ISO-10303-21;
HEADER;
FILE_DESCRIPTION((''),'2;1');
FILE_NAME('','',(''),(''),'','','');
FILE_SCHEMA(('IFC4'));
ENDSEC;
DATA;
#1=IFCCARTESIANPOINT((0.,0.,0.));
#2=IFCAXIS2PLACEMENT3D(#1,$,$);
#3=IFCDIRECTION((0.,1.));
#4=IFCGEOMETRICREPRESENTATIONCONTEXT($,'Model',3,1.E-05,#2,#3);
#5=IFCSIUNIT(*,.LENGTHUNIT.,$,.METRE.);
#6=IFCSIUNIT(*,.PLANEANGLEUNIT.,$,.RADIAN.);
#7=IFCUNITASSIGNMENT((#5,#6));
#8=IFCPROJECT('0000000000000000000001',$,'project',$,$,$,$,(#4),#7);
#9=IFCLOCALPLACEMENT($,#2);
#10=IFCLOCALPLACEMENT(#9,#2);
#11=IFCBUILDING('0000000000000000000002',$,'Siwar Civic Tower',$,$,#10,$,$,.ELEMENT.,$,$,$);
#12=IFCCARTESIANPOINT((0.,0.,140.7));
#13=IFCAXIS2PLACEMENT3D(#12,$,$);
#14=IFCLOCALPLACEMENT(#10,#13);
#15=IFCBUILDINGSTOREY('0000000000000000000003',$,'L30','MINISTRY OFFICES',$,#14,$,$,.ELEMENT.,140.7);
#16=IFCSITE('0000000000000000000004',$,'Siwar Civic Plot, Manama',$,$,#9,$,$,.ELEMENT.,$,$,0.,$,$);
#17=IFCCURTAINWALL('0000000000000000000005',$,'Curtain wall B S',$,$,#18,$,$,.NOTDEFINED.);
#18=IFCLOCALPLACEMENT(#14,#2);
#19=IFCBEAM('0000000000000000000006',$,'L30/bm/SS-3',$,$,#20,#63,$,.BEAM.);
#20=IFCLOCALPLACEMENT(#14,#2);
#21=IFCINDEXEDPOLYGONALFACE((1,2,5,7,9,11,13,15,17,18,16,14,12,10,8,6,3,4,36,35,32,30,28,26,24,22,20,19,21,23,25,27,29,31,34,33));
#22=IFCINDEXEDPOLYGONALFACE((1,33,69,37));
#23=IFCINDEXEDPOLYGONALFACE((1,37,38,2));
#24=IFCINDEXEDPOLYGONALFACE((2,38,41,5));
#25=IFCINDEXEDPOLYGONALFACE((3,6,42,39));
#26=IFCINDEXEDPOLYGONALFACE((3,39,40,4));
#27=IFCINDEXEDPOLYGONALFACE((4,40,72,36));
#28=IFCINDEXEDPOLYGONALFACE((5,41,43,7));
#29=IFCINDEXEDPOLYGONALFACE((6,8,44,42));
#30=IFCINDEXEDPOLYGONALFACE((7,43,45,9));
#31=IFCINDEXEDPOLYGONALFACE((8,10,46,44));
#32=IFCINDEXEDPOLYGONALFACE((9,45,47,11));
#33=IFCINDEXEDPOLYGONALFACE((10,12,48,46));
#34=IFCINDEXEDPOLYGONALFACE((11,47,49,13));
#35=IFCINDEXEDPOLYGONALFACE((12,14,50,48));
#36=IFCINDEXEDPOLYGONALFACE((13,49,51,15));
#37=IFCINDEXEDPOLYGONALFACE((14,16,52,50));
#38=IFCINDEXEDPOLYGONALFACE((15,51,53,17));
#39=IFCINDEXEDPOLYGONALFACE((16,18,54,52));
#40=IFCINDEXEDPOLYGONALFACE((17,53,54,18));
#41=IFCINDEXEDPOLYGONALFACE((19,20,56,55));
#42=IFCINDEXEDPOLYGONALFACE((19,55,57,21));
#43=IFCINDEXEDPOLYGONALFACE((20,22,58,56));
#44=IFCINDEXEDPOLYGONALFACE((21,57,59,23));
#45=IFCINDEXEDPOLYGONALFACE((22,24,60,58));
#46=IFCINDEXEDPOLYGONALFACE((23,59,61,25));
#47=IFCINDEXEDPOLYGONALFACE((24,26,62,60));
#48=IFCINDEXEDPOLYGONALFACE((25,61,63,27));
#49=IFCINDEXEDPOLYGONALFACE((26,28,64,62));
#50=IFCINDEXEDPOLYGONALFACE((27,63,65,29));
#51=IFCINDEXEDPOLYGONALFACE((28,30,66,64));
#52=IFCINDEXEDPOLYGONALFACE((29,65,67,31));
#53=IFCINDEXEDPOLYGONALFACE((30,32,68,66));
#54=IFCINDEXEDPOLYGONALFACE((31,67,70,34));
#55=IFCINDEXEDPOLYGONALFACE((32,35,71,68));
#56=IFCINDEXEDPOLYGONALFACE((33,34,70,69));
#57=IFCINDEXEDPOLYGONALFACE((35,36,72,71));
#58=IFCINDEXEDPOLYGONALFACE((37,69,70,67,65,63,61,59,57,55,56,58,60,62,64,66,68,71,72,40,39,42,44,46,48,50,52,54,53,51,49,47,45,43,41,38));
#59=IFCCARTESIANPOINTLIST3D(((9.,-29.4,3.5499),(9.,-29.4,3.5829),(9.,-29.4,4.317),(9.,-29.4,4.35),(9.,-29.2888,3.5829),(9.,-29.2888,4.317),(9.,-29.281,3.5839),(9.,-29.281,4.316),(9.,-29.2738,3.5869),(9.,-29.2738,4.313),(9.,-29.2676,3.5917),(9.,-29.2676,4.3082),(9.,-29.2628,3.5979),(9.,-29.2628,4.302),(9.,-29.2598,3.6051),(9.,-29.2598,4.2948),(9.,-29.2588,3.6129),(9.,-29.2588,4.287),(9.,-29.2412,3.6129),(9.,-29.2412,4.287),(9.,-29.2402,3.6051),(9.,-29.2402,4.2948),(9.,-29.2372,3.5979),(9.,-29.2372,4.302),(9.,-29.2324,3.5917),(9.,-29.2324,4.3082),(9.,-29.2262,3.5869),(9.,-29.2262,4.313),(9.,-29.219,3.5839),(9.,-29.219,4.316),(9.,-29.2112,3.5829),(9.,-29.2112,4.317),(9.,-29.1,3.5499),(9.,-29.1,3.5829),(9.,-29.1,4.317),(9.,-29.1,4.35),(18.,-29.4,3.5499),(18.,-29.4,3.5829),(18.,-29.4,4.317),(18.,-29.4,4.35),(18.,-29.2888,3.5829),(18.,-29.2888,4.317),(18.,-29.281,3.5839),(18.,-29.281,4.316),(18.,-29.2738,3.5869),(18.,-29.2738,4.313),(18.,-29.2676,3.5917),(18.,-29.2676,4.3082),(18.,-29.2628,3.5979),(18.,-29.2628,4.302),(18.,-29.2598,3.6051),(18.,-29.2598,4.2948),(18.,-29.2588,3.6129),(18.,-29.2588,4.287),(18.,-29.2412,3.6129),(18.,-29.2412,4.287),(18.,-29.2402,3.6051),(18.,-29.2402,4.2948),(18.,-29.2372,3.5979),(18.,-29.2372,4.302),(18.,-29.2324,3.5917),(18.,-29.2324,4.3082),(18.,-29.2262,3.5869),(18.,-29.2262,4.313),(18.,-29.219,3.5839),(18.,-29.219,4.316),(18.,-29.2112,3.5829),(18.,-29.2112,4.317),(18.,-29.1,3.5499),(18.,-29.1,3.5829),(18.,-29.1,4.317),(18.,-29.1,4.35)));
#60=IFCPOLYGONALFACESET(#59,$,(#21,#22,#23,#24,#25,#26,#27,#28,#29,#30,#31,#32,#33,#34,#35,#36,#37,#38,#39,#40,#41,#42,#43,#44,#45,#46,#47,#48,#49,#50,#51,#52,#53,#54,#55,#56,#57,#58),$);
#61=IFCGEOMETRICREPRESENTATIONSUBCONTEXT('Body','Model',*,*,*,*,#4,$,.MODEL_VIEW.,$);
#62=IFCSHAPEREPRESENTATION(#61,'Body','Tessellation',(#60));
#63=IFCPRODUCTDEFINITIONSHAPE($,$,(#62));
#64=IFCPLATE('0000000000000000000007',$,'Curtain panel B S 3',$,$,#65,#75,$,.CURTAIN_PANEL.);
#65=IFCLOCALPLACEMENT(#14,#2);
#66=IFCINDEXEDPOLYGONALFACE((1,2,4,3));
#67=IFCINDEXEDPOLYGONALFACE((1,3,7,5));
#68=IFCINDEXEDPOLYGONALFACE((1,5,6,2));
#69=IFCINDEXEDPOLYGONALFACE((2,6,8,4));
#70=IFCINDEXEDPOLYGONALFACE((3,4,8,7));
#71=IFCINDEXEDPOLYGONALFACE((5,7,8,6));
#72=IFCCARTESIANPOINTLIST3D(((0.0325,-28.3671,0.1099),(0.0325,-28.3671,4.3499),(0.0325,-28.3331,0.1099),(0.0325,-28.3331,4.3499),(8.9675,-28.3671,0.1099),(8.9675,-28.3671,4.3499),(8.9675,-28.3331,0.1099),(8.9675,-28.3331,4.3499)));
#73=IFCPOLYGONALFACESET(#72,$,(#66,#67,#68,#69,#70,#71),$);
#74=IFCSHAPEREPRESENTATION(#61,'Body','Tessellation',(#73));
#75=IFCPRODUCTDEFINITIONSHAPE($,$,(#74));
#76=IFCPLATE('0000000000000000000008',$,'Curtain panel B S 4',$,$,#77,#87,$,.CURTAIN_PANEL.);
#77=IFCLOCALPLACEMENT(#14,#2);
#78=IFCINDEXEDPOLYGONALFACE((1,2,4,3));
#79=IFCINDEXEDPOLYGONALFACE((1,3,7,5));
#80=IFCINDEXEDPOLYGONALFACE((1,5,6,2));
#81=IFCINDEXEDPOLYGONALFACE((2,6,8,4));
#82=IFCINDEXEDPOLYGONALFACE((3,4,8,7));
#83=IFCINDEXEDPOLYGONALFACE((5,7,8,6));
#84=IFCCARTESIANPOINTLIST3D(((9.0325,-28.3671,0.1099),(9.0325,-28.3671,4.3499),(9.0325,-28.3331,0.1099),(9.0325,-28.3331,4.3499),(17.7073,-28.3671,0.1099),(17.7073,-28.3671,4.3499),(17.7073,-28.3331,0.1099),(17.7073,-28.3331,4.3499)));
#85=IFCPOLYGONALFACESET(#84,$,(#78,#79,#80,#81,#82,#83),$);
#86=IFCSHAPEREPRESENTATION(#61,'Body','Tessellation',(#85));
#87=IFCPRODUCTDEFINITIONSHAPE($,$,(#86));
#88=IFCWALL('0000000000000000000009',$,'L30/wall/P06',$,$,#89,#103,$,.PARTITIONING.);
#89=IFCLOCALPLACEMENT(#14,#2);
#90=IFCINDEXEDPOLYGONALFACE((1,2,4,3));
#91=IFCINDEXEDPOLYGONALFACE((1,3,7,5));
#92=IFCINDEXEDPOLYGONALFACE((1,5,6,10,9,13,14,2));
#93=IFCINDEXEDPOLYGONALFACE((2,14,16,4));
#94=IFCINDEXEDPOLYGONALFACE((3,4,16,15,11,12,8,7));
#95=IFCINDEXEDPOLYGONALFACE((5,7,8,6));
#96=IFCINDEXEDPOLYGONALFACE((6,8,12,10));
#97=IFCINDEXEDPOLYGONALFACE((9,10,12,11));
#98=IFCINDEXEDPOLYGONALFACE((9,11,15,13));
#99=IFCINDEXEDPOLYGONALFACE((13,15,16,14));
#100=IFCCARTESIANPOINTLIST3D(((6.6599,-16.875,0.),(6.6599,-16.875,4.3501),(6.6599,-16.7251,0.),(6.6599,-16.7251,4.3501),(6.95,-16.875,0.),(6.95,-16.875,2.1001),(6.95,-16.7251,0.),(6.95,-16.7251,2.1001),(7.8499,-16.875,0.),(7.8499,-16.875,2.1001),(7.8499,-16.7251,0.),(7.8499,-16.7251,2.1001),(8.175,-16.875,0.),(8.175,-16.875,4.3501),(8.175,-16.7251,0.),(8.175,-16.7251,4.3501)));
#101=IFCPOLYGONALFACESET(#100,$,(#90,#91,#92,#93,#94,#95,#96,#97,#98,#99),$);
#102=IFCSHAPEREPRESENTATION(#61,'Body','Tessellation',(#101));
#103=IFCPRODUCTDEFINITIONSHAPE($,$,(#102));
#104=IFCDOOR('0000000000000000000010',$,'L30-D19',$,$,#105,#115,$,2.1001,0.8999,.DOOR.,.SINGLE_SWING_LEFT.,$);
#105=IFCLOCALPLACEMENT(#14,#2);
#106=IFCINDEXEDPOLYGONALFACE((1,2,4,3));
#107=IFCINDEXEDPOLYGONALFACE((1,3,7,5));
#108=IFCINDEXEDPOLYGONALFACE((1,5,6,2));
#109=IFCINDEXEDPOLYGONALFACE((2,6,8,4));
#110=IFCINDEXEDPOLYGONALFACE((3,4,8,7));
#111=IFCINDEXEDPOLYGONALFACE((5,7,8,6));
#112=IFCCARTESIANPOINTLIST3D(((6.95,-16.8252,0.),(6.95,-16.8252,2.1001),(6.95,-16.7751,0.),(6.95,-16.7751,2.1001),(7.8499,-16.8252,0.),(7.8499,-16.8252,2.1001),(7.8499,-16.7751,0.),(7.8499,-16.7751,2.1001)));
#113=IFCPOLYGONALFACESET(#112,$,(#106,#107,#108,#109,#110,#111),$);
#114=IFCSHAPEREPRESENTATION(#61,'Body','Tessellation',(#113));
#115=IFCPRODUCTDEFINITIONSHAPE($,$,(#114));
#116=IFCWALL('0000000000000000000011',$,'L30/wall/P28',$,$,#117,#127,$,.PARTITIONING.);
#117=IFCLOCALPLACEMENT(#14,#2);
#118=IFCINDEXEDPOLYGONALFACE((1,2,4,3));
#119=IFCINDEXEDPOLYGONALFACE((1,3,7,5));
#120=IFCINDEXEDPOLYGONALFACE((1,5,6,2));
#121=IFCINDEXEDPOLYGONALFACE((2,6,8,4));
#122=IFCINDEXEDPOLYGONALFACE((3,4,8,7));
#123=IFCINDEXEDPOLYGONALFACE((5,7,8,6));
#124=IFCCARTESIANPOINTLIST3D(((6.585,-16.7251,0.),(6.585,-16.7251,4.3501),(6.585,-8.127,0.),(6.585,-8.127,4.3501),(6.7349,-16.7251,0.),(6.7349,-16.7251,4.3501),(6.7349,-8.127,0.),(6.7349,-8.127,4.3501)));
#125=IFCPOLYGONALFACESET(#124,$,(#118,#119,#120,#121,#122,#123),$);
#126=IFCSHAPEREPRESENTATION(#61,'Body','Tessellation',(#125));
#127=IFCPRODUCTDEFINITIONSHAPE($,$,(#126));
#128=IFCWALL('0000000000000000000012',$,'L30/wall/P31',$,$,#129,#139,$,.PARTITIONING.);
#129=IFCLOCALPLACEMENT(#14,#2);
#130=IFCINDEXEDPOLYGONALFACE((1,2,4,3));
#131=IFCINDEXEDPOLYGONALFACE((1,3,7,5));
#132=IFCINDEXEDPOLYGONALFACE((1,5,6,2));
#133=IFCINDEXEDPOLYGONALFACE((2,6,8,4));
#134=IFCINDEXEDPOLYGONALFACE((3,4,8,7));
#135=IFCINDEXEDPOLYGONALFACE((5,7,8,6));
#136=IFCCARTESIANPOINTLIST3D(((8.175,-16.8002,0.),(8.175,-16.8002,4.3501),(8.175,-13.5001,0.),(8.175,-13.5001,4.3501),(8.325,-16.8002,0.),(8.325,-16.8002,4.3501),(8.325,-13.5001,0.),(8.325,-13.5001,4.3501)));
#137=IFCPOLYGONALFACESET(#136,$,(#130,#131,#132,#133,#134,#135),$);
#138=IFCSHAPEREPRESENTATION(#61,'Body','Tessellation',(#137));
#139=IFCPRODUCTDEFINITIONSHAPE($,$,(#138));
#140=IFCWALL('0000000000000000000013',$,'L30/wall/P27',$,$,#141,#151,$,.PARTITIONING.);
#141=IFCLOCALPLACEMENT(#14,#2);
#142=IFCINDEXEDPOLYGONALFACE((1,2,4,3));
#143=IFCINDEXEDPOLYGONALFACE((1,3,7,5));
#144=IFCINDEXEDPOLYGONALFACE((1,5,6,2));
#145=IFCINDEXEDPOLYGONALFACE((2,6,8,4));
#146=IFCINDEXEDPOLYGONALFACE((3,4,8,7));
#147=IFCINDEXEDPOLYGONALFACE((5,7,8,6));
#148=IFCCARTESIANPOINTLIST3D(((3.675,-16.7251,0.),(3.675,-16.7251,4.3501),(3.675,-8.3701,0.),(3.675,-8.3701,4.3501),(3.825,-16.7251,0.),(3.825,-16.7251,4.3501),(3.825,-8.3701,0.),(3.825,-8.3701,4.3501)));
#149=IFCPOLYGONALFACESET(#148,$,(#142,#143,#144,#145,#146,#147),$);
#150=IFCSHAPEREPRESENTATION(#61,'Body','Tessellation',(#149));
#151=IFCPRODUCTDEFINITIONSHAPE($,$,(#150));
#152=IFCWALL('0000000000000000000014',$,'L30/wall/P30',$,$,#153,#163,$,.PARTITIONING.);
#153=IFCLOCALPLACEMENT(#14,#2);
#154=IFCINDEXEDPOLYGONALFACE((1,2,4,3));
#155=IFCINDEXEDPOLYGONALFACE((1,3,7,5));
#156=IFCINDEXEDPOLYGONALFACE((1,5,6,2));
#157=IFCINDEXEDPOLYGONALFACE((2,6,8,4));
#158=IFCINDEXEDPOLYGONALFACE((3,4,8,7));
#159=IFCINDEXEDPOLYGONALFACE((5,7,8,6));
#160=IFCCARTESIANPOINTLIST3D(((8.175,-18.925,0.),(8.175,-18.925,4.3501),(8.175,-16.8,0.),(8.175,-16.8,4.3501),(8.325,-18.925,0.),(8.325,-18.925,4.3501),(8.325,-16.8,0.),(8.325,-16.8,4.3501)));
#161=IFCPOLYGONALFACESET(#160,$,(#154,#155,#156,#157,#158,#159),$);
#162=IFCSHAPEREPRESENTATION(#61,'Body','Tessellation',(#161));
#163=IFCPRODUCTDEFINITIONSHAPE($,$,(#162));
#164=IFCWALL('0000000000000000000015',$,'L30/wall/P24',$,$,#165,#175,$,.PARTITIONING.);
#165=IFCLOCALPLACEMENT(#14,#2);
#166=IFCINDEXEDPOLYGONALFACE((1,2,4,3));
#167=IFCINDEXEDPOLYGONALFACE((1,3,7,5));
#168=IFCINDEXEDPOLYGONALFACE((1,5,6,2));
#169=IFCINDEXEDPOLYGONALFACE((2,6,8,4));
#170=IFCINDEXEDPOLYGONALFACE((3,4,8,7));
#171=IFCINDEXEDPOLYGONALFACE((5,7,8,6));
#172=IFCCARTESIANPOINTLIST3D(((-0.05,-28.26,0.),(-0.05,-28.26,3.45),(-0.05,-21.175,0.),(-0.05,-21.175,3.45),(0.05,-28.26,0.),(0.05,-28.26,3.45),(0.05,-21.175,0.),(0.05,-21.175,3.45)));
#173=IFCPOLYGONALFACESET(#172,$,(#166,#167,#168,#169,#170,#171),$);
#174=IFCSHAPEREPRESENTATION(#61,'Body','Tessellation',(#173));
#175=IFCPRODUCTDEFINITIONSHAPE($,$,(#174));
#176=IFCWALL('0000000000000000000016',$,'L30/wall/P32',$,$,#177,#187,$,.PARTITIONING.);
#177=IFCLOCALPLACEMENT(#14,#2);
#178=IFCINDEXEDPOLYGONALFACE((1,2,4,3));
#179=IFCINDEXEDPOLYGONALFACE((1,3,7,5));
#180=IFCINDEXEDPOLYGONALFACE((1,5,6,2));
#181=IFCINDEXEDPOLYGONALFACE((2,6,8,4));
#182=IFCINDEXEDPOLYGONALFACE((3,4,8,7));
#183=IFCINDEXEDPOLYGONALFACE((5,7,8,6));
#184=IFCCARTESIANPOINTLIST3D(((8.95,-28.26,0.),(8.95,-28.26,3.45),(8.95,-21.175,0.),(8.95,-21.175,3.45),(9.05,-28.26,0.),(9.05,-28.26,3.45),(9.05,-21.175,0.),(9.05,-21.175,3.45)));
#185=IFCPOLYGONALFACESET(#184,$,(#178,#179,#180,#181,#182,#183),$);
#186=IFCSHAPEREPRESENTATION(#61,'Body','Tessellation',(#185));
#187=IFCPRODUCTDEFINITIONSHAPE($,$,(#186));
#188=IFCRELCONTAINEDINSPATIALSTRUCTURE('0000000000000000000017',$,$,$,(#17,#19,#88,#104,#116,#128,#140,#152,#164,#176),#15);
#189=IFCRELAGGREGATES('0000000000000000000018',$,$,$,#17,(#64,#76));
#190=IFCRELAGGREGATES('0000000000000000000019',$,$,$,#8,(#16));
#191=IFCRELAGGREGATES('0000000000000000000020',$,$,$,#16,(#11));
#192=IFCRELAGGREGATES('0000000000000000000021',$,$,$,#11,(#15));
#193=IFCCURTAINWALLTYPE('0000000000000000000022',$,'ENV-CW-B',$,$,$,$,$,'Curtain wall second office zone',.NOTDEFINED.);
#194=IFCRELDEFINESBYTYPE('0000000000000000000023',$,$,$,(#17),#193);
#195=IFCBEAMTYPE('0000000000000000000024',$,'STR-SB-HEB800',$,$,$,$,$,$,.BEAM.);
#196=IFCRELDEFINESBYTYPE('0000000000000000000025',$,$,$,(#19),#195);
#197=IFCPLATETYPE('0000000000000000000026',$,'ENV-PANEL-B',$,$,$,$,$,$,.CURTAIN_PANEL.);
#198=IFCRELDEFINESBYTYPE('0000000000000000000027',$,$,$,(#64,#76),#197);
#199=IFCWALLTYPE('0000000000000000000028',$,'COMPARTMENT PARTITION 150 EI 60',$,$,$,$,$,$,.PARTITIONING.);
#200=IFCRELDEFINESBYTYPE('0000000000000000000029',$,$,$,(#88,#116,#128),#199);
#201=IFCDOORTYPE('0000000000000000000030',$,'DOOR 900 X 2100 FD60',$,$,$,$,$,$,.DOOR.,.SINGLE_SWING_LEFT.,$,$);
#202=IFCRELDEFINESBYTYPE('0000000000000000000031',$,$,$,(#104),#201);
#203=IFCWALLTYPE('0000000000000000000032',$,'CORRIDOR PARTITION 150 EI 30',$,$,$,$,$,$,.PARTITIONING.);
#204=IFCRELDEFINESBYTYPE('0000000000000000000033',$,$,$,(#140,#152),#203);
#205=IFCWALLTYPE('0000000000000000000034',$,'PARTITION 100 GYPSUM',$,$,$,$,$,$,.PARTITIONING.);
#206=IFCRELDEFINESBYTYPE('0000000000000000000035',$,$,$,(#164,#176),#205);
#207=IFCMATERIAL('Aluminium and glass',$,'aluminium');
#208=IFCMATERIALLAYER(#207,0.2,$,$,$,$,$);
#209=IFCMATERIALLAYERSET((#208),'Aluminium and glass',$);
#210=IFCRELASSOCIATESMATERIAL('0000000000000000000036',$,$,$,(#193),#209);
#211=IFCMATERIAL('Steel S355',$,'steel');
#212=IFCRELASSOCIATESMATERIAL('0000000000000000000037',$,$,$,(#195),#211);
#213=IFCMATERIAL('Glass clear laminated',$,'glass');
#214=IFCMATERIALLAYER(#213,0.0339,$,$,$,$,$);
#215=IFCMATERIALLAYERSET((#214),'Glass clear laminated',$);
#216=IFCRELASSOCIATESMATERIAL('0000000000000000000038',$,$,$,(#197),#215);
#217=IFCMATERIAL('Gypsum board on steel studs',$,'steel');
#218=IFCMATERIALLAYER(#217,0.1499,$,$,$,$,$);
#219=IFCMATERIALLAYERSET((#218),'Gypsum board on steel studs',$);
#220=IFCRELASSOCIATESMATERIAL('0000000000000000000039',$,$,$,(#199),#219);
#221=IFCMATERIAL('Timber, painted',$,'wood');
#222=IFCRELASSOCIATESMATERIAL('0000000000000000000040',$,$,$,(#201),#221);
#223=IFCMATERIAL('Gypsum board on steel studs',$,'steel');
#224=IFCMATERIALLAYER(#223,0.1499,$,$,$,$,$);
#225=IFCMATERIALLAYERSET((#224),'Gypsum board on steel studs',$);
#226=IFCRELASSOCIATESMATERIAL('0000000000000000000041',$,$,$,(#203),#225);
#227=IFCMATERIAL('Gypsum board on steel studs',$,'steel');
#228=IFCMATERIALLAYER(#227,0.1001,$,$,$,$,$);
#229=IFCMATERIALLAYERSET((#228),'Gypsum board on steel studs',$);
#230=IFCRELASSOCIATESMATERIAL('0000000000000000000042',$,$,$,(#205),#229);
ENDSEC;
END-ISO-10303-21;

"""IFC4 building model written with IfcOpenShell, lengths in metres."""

from ifc_helpers import new_model, si_unit, direction, frame, frame_2d, origin, origin_2d, place, context, subcontext, project, spatial, rectangle, i_section, extrude, material, layer, layer_set, material_profile, profile_set, type_object, element, fill, aggregate, save


model = new_model("IFC4")

# Units and contexts
model_context = context("Model", 3, precision=1e-05, world=origin(), true_north=direction((0.0, 1.0)))
body_context = subcontext(model_context, "Body", "Model", "MODEL_VIEW")
ifc_project = project(units=[si_unit("LENGTHUNIT", "METRE"), si_unit("PLANEANGLEUNIT", "RADIAN")], contexts=[model_context])

# Site, building, storey
site_placement = place(None, origin())
site = spatial("IfcSite", under=ifc_project, at=site_placement, Name="Siwar Civic Plot, Manama", CompositionType="ELEMENT", RefElevation=0.0)
building_placement = place(site_placement, origin())
building = spatial("IfcBuilding", under=site, at=building_placement, Name="Siwar Civic Tower", CompositionType="ELEMENT")
storey_placement = place(building_placement, frame((0.0, 0.0, 140.7)))
storey = spatial("IfcBuildingStorey", under=building, at=storey_placement, Name="L30", Description="MINISTRY OFFICES", CompositionType="ELEMENT", Elevation=140.7)

# Curtain wall
ifc_material_1 = material(Name="Aluminium and glass", Category="aluminium")
ifc_layer_1 = layer(ifc_material_1, 0.2)
ifc_layer_set_1 = layer_set([ifc_layer_1], Name="Aluminium and glass")
curtain_wall_type = type_object("IfcCurtainWallType", Name="ENV-CW-B", ElementType="Curtain wall second office zone", PredefinedType="NOTDEFINED", material=ifc_layer_set_1)
curtain_wall_placement = place(storey_placement, origin())
curtain_wall = element("IfcCurtainWall", 1, at=curtain_wall_placement, inside=storey, type_object=curtain_wall_type, Name="Curtain wall B S", PredefinedType="NOTDEFINED")

# Beam
ifc_material_2 = material(Name="Steel S355", Category="steel")
ifc_material_profile_1 = material_profile(ifc_material_2, i_section(OverallWidth=0.3, OverallDepth=0.8, WebThickness=0.0176, FlangeThickness=0.033, FilletRadius=0.03, at=origin_2d()), Name="HEB800")
ifc_profile_set_1 = profile_set([ifc_material_profile_1], Name="Steel S355")
beam_type_1 = type_object("IfcBeamType", Name="STR-SB-HEB800", PredefinedType="BEAM", material=ifc_profile_set_1)
beam_1_placement = place(storey_placement, frame((9.0, -29.25, 3.95), z_axis=(1.0, 0.0, 0.0), x_axis=(0.0, 1.0, 0.0)))
element("IfcBeam", 2, at=beam_1_placement, inside=storey, type_object=beam_type_1, Name="L30/bm/SS-3", PredefinedType="BEAM", context=body_context, shape_type="SweptSolid", body=[
    extrude(i_section(OverallWidth=0.3, OverallDepth=0.8, WebThickness=0.0176, FlangeThickness=0.033, FilletRadius=0.03, at=origin_2d()), origin(), (0.0, 0.0, 1.0), 9.0),
])

# Plates
ifc_material_3 = material(Name="Glass clear laminated", Category="glass")
ifc_layer_2 = layer(ifc_material_3, 0.0339)
ifc_layer_set_2 = layer_set([ifc_layer_2], Name="Glass clear laminated")
plate_type = type_object("IfcPlateType", Name="ENV-PANEL-B", PredefinedType="CURTAIN_PANEL", material=ifc_layer_set_2)
plate_1_placement = place(storey_placement, frame((4.5, -28.3501, 0.1099), z_axis=(0.0, 0.0, 1.0), x_axis=(1.0, 0.0, 0.0)))
plate_1 = element("IfcPlate", 3, at=plate_1_placement, type_object=plate_type, Name="Curtain panel B S 3", PredefinedType="CURTAIN_PANEL", context=body_context, shape_type="SweptSolid", body=[
    extrude(rectangle(XDim=8.9351, YDim=0.0339, at=origin_2d()), origin(), (0.0, 0.0, 1.0), 4.24),
])
plate_2_placement = place(storey_placement, frame((13.3699, -28.3501, 0.1099), z_axis=(0.0, 0.0, 1.0), x_axis=(1.0, 0.0, 0.0)))
plate_2 = element("IfcPlate", 4, at=plate_2_placement, type_object=plate_type, Name="Curtain panel B S 4", PredefinedType="CURTAIN_PANEL", context=body_context, shape_type="SweptSolid", body=[
    extrude(rectangle(XDim=8.6748, YDim=0.0339, at=origin_2d()), origin(), (0.0, 0.0, 1.0), 4.24),
])
aggregate(curtain_wall, [plate_1, plate_2])

# Wall, opening, door
ifc_material_4 = material(Name="Gypsum board on steel studs", Category="steel")
ifc_layer_3 = layer(ifc_material_4, 0.1499)
ifc_layer_set_3 = layer_set([ifc_layer_3], Name="Gypsum board on steel studs")
wall_type_1 = type_object("IfcWallType", Name="COMPARTMENT PARTITION 150 EI 60", PredefinedType="PARTITIONING", material=ifc_layer_set_3)
wall_1_placement = place(storey_placement, frame((6.6599, -16.8, 0.0), z_axis=(0.0, 0.0, 1.0), x_axis=(1.0, 0.0, 0.0)))
wall_1 = element("IfcWall", 5, at=wall_1_placement, inside=storey, type_object=wall_type_1, Name="L30/wall/P06", PredefinedType="PARTITIONING", context=body_context, shape_type="SweptSolid", body=[
    extrude(rectangle(XDim=1.5151, YDim=0.1499, at=frame_2d((0.7576, 0.0))), origin(), (0.0, 0.0, 1.0), 4.3501),
])
opening_placement = place(wall_1_placement, frame((0.29, 0.0, 0.0)))
opening = element("IfcOpeningElement", 6, at=opening_placement, cuts=wall_1, PredefinedType="OPENING", context=body_context, shape_type="SweptSolid", body=[
    extrude(rectangle(XDim=0.8999, YDim=2.1001, at=frame_2d((0.45, 1.05))), frame((0.0, 0.085, 0.0), z_axis=(0.0, -1.0, 0.0), x_axis=(1.0, 0.0, 0.0)), (0.0, 0.0, 1.0), 0.1699),
])
ifc_material_5 = material(Name="Timber, painted", Category="wood")
door_type = type_object("IfcDoorType", Name="DOOR 900 X 2100 FD60", OperationType="SINGLE_SWING_LEFT", PredefinedType="DOOR", material=ifc_material_5)
door_placement = place(opening_placement, origin())
door = element("IfcDoor", 7, at=door_placement, inside=storey, type_object=door_type, Name="L30-D19", OperationType="SINGLE_SWING_LEFT", OverallHeight=2.1001, OverallWidth=0.8999, PredefinedType="DOOR", context=body_context, shape_type="SweptSolid", body=[
    extrude(rectangle(XDim=0.8999, YDim=2.1001, at=frame_2d((0.45, 1.05))), frame((0.0, 0.0249, 0.0), z_axis=(0.0, -1.0, 0.0), x_axis=(1.0, 0.0, 0.0)), (0.0, 0.0, 1.0), 0.05),
])
fill(opening, door)

# Walls
wall_2_placement = place(storey_placement, frame((6.6599, -16.7251, 0.0), z_axis=(0.0, 0.0, 1.0), x_axis=(0.0, 1.0, 0.0)))
element("IfcWall", 8, at=wall_2_placement, inside=storey, type_object=wall_type_1, Name="L30/wall/P28", PredefinedType="PARTITIONING", context=body_context, shape_type="SweptSolid", body=[
    extrude(rectangle(XDim=8.5981, YDim=0.1499, at=frame_2d((4.2991, 0.0))), origin(), (0.0, 0.0, 1.0), 4.3501),
])
wall_3_placement = place(storey_placement, frame((8.25, -16.8, 0.0), z_axis=(0.0, 0.0, 1.0), x_axis=(0.0, 1.0, 0.0)))
element("IfcWall", 9, at=wall_3_placement, inside=storey, type_object=wall_type_1, Name="L30/wall/P31", PredefinedType="PARTITIONING", context=body_context, shape_type="SweptSolid", body=[
    extrude(rectangle(XDim=3.3, YDim=0.1499, at=frame_2d((1.6499, 0.0))), origin(), (0.0, 0.0, 1.0), 4.3501),
])
ifc_material_6 = material(Name="Gypsum board on steel studs", Category="steel")
ifc_layer_4 = layer(ifc_material_6, 0.1499)
ifc_layer_set_4 = layer_set([ifc_layer_4], Name="Gypsum board on steel studs")
wall_type_2 = type_object("IfcWallType", Name="CORRIDOR PARTITION 150 EI 30", PredefinedType="PARTITIONING", material=ifc_layer_set_4)
wall_4_placement = place(storey_placement, frame((3.75, -16.7251, 0.0), z_axis=(0.0, 0.0, 1.0), x_axis=(0.0, 1.0, 0.0)))
element("IfcWall", 10, at=wall_4_placement, inside=storey, type_object=wall_type_2, Name="L30/wall/P27", PredefinedType="PARTITIONING", context=body_context, shape_type="SweptSolid", body=[
    extrude(rectangle(XDim=8.355, YDim=0.1499, at=frame_2d((4.1775, 0.0))), origin(), (0.0, 0.0, 1.0), 4.3501),
])
wall_5_placement = place(storey_placement, frame((8.25, -18.925, 0.0), z_axis=(0.0, 0.0, 1.0), x_axis=(0.0, 1.0, 0.0)))
element("IfcWall", 11, at=wall_5_placement, inside=storey, type_object=wall_type_2, Name="L30/wall/P30", PredefinedType="PARTITIONING", context=body_context, shape_type="SweptSolid", body=[
    extrude(rectangle(XDim=2.125, YDim=0.1499, at=frame_2d((1.0625, 0.0))), origin(), (0.0, 0.0, 1.0), 4.3501),
])
ifc_material_7 = material(Name="Gypsum board on steel studs", Category="steel")
ifc_layer_5 = layer(ifc_material_7, 0.1001)
ifc_layer_set_5 = layer_set([ifc_layer_5], Name="Gypsum board on steel studs")
wall_type_3 = type_object("IfcWallType", Name="PARTITION 100 GYPSUM", PredefinedType="PARTITIONING", material=ifc_layer_set_5)
for number, where, z_axis, x_axis, name in (
    (12, (0.0, -28.26, 0.0), (0.0, 0.0, 1.0), (0.0, 1.0, 0.0), "L30/wall/P24"),
    (13, (9.0, -28.26, 0.0), (0.0, 0.0, 1.0), (0.0, 1.0, 0.0), "L30/wall/P32"),
):
    element("IfcWall", number, at=place(storey_placement, frame(where, z_axis=z_axis, x_axis=x_axis)), inside=storey, type_object=wall_type_3, Name=name, PredefinedType="PARTITIONING", context=body_context, shape_type="SweptSolid", body=[
        extrude(rectangle(XDim=7.085, YDim=0.1001, at=frame_2d((3.5425, 0.0))), origin(), (0.0, 0.0, 1.0), 3.45),
    ])

save(model, "model.ifc")
